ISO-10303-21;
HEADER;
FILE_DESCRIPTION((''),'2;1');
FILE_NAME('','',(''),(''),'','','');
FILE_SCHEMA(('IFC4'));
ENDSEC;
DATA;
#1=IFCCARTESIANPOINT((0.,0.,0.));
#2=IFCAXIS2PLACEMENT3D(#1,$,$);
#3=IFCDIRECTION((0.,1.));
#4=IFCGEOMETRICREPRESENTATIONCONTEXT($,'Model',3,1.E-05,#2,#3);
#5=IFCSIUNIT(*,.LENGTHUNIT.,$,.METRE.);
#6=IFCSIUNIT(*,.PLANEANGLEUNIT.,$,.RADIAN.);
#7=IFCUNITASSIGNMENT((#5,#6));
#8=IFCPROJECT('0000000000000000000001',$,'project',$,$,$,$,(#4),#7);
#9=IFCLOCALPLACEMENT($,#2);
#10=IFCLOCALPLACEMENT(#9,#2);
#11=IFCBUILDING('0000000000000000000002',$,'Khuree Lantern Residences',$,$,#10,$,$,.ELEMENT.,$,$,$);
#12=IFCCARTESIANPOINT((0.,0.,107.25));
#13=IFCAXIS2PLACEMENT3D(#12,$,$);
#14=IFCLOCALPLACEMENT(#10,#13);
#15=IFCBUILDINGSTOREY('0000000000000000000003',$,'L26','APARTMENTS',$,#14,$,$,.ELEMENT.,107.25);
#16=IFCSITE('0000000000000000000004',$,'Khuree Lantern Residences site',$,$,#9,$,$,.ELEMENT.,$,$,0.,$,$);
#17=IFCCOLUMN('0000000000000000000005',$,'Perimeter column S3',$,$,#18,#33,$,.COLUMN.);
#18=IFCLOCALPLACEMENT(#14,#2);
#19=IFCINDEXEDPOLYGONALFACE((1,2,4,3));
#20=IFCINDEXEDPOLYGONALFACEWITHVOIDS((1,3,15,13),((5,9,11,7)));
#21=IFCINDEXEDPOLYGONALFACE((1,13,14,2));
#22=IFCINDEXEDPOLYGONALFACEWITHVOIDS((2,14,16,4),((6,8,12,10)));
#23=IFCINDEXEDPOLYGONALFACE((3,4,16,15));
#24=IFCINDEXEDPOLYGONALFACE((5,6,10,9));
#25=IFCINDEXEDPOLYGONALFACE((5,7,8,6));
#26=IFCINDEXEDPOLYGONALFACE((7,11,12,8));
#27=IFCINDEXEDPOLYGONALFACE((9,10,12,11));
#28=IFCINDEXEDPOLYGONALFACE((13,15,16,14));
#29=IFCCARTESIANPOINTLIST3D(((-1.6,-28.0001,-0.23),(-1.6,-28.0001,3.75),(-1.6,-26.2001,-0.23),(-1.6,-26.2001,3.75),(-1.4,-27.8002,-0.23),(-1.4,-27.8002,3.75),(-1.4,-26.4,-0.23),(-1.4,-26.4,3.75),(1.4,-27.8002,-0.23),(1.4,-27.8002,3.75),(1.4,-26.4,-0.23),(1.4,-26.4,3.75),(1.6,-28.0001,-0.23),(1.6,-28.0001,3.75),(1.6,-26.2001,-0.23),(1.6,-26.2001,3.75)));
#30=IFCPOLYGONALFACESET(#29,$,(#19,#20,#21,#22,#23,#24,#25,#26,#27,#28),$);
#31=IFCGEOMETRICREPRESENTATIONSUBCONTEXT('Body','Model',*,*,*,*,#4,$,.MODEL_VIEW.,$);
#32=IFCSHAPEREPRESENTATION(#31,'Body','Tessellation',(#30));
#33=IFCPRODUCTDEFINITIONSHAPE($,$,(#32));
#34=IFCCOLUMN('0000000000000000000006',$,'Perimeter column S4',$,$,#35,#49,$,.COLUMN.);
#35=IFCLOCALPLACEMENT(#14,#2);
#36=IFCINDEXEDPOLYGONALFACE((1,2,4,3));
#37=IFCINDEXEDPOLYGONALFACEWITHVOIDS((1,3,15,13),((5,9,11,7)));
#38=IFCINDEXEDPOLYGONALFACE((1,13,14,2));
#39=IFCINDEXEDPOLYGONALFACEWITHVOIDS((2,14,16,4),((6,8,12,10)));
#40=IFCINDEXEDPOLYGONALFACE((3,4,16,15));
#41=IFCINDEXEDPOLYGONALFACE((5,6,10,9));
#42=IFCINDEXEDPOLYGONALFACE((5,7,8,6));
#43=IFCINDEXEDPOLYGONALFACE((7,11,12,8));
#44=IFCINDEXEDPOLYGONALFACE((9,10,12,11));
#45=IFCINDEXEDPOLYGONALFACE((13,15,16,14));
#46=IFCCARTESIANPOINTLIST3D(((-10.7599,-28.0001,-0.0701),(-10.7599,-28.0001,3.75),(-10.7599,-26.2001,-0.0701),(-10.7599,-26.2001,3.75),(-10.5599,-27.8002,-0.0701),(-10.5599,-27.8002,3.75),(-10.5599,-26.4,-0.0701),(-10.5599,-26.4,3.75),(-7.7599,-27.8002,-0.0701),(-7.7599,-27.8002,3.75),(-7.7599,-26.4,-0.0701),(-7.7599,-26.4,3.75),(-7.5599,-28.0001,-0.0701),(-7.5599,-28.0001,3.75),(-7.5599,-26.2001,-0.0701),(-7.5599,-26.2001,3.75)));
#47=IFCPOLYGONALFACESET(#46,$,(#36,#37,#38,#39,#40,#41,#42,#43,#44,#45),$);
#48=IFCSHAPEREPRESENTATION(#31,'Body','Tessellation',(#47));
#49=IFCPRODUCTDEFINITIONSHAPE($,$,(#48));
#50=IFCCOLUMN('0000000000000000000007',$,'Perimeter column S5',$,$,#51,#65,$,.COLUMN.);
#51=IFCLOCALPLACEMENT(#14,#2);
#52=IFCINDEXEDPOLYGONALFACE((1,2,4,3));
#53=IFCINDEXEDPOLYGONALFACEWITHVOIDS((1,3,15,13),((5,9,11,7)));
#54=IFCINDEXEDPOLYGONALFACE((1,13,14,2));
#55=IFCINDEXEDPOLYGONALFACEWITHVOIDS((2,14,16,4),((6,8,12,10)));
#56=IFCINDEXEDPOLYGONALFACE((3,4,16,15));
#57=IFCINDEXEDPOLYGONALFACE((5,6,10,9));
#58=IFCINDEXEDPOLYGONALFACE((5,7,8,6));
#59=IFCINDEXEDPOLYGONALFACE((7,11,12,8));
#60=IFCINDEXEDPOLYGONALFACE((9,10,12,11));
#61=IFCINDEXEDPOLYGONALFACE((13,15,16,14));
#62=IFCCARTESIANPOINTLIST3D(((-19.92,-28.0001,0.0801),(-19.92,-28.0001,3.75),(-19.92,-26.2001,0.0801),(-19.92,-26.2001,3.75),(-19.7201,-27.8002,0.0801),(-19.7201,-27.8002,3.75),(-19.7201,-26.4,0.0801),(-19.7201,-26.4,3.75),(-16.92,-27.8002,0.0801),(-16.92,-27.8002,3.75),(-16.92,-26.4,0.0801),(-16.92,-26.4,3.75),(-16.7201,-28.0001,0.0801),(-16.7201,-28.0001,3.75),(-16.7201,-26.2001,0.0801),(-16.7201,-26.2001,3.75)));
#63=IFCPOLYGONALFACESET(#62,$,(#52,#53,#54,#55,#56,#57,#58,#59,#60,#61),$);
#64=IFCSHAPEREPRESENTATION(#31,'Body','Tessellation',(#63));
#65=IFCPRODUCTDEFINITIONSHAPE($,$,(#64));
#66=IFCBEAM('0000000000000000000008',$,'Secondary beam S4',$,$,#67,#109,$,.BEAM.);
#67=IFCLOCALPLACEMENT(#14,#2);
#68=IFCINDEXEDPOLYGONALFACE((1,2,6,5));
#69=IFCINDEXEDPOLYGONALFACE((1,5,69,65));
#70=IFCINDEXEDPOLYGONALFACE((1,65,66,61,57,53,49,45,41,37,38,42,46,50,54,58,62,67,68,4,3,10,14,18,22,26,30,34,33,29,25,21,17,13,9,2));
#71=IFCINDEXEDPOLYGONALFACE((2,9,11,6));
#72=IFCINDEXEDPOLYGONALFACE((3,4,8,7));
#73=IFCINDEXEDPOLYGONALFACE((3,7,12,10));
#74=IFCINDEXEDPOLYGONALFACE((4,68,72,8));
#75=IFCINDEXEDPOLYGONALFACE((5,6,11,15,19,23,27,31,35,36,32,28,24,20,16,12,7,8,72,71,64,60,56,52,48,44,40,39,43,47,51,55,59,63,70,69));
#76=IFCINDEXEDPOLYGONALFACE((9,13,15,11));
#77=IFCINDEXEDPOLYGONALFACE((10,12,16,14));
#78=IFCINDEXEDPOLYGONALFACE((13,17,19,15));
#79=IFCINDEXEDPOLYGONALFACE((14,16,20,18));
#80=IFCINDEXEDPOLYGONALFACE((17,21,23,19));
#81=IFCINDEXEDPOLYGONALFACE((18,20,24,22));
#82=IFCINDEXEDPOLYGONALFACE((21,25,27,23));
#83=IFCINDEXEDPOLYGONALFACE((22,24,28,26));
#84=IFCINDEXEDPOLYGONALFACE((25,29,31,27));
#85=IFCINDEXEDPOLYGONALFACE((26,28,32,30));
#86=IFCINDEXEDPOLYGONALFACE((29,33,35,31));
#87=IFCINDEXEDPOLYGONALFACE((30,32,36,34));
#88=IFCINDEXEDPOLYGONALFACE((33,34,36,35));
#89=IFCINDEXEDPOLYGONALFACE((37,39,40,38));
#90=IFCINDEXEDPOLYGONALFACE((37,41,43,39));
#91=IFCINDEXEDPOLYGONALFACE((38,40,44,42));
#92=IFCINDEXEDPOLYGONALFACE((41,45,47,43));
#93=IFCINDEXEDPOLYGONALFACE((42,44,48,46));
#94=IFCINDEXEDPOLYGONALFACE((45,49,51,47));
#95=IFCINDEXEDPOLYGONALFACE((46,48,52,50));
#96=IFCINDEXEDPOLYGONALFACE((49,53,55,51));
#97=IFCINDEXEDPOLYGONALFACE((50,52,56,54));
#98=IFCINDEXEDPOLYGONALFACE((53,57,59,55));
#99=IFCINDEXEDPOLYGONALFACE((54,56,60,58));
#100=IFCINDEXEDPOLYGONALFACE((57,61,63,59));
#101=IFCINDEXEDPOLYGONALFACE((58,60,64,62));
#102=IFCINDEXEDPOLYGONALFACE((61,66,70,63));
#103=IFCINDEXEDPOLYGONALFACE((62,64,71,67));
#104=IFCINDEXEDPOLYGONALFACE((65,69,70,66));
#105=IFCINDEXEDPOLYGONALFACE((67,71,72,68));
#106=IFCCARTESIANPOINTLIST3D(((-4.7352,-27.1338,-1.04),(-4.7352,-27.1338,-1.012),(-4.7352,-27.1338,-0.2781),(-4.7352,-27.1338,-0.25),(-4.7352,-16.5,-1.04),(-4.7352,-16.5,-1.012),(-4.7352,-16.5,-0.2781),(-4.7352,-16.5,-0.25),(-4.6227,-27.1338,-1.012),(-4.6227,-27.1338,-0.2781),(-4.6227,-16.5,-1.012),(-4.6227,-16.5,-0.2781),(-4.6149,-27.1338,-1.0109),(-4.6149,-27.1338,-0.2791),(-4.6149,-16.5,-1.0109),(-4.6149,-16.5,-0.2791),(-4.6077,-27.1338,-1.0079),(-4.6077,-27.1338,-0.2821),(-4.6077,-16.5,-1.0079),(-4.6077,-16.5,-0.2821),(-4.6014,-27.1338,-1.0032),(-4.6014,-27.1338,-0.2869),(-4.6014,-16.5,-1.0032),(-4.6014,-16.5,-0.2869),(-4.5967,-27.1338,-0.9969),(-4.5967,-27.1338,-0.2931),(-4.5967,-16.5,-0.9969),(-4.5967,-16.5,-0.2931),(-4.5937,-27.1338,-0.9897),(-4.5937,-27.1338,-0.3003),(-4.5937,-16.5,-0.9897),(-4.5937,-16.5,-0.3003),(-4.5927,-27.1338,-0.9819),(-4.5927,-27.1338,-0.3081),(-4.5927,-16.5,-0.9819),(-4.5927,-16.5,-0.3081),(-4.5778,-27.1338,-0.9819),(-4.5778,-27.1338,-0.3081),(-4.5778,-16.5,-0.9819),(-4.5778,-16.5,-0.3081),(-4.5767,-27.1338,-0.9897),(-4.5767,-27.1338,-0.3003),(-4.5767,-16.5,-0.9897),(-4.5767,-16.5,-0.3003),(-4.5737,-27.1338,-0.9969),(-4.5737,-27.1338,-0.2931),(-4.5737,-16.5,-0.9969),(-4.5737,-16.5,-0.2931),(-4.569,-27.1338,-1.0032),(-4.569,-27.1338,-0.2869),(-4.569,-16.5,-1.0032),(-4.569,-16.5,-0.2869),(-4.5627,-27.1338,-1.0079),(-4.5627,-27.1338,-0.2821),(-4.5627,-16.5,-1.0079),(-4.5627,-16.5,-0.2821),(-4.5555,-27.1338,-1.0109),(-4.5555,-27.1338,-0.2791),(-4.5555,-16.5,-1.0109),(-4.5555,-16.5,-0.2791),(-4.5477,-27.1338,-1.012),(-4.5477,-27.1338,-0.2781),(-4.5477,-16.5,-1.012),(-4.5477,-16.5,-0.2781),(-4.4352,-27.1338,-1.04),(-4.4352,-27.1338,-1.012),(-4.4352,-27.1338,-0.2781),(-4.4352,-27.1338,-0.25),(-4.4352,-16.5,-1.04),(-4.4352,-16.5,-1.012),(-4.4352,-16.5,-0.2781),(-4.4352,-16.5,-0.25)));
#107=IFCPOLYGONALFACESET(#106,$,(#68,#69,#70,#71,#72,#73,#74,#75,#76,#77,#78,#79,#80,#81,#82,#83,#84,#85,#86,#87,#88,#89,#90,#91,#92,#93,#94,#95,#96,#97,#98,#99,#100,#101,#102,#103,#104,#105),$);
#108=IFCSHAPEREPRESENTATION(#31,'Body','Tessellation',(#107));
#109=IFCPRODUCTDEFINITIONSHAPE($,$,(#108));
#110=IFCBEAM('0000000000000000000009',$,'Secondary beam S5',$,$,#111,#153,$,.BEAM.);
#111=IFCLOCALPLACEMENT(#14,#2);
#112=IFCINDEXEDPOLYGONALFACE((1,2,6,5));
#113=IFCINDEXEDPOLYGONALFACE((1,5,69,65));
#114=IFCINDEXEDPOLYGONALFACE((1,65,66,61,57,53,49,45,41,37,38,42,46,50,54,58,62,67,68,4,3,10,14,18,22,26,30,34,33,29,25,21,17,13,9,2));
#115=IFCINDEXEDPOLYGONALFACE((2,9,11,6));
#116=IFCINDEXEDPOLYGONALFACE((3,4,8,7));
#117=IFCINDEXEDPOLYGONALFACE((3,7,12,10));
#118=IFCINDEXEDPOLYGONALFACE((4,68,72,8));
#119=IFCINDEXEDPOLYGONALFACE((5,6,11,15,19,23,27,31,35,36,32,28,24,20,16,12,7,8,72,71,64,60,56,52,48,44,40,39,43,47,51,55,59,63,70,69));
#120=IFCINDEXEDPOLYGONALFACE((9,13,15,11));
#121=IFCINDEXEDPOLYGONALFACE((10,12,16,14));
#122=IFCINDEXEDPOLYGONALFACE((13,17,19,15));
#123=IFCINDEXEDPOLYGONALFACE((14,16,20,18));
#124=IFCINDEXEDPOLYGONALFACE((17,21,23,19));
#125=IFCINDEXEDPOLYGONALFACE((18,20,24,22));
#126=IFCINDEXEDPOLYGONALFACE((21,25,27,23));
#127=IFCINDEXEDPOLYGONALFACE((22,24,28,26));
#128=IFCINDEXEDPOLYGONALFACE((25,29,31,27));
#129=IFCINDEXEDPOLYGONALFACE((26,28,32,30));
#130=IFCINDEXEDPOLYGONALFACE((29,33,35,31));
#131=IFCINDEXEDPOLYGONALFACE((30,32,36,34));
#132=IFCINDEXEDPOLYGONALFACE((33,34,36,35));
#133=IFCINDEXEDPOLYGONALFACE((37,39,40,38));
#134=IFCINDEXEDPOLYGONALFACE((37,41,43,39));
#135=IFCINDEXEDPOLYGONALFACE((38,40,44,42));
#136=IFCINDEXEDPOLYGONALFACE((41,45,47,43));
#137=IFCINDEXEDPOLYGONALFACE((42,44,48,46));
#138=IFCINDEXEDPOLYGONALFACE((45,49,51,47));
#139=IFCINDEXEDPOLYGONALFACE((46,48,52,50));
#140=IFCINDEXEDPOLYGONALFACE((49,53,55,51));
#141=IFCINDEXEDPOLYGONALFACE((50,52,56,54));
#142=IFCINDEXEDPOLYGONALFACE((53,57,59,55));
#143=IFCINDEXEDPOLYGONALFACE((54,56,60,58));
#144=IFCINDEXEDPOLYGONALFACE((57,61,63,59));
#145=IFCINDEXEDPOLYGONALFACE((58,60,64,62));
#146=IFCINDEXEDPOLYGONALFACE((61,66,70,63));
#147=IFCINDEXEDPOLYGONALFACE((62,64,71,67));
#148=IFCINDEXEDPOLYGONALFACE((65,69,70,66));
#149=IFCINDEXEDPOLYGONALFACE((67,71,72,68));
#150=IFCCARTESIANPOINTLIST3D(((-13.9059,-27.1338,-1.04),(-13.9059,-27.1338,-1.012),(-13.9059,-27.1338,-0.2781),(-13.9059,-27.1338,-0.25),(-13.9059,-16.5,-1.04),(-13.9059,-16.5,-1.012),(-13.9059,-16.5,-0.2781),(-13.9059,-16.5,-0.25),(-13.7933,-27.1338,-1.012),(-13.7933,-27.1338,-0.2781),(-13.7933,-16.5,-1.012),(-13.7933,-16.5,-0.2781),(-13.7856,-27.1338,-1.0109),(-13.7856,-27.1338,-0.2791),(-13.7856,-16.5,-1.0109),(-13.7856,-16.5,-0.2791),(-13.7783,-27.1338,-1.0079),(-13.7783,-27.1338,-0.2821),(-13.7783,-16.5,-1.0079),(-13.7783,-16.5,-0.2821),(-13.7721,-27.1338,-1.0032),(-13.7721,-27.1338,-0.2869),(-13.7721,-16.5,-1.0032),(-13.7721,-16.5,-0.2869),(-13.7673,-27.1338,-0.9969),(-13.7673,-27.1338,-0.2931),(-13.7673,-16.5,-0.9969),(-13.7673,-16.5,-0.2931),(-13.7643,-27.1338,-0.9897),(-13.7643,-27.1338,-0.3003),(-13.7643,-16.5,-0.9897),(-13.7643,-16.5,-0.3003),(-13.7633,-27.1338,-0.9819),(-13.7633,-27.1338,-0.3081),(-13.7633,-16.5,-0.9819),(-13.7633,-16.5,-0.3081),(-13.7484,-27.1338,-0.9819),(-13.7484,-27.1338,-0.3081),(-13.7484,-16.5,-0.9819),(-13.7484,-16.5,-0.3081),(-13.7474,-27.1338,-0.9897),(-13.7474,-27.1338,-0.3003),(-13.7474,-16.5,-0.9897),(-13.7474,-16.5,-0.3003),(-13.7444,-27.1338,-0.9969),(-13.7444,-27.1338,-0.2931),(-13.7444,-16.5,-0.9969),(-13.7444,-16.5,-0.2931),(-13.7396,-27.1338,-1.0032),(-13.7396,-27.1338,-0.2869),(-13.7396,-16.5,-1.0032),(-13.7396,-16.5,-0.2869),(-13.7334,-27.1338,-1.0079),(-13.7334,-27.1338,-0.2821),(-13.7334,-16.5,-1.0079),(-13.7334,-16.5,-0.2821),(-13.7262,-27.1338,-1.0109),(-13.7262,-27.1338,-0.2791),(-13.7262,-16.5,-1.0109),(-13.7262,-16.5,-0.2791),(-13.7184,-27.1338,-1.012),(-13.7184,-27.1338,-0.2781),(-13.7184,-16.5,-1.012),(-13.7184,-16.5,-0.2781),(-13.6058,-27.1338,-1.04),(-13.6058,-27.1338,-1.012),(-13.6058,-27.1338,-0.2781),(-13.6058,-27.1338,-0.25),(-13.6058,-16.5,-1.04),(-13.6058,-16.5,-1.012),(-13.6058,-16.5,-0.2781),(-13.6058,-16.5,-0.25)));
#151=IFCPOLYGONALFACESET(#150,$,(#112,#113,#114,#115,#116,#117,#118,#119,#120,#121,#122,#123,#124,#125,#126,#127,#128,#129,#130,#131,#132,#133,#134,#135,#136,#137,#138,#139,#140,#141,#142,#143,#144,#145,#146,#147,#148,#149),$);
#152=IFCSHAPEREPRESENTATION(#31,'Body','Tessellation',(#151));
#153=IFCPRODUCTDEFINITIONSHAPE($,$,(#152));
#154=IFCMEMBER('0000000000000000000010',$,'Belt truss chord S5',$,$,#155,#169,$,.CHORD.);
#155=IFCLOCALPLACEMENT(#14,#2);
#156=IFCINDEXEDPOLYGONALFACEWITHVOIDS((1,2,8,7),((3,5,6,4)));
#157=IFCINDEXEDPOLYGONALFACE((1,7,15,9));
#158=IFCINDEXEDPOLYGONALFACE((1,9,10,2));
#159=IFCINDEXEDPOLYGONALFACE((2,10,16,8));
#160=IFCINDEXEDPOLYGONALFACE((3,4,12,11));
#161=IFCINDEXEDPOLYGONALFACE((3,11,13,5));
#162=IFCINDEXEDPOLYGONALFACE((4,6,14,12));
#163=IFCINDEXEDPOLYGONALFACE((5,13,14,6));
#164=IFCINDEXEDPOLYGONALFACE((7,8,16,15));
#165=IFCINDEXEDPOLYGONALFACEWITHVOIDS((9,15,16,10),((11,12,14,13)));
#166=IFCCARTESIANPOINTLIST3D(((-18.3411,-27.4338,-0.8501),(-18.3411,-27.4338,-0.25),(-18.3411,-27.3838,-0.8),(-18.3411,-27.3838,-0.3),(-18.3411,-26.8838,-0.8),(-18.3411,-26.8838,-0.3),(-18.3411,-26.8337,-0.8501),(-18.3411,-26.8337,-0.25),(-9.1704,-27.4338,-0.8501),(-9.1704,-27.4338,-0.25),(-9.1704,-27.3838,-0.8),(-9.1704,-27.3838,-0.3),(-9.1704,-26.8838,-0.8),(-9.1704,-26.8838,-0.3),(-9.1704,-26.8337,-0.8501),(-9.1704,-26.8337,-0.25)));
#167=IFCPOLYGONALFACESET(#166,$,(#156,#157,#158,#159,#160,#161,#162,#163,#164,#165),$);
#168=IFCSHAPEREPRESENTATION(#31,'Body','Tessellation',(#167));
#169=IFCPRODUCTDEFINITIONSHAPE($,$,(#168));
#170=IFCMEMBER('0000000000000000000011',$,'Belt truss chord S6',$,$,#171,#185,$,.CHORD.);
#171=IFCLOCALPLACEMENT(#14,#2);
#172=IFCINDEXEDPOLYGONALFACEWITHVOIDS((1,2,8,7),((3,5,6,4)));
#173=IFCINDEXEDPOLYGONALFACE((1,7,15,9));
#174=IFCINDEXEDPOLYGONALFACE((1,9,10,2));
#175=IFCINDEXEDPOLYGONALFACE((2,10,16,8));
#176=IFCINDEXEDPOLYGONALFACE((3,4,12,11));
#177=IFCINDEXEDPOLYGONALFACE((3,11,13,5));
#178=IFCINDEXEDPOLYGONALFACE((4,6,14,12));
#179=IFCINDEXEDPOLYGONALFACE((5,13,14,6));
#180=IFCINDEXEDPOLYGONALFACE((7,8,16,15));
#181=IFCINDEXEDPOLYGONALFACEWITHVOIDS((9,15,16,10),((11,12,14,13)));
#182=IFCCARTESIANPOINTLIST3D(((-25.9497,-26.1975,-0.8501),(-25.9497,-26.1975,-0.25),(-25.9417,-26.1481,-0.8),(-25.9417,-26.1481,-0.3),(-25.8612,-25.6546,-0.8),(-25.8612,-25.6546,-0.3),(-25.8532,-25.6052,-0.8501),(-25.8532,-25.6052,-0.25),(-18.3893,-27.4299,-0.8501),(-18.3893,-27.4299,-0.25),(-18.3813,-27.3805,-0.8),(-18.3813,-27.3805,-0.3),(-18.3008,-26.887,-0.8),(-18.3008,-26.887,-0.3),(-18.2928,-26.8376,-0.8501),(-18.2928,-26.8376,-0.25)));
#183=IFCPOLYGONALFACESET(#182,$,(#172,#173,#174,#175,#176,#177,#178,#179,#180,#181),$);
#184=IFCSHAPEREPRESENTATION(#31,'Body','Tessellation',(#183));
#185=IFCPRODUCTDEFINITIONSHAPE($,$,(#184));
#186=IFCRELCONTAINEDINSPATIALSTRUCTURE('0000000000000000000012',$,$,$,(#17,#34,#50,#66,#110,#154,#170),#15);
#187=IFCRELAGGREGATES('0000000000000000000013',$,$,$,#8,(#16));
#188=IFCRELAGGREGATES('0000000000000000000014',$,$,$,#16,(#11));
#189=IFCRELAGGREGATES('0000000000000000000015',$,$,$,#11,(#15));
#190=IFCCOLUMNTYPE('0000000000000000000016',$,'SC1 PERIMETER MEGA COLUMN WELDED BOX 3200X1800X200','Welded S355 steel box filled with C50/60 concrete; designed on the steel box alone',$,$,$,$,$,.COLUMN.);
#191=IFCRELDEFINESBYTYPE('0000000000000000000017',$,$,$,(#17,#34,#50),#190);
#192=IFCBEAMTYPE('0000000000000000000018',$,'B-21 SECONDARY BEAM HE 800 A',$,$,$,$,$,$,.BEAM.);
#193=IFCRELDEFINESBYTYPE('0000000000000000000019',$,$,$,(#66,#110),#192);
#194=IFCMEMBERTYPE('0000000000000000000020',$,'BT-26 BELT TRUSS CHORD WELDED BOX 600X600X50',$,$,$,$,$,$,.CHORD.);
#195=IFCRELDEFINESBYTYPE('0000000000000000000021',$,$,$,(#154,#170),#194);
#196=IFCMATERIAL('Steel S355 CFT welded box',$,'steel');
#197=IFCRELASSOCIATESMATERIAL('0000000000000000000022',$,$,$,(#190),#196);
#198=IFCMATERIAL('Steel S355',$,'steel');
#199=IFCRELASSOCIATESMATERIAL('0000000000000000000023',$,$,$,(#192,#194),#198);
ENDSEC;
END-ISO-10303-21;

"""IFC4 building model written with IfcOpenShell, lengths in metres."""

from ifc_helpers import new_model, si_unit, direction, frame, origin, origin_2d, place, context, subcontext, project, spatial, hollow_rectangle, i_section, extrude, material, material_profile, profile_set, type_object, element, save


model = new_model("IFC4")

# Units and contexts
model_context = context("Model", 3, precision=1e-05, world=origin(), true_north=direction((0.0, 1.0)))
body_context = subcontext(model_context, "Body", "Model", "MODEL_VIEW")
ifc_project = project(units=[si_unit("LENGTHUNIT", "METRE"), si_unit("PLANEANGLEUNIT", "RADIAN")], contexts=[model_context])

# Site, building, storey
site_placement = place(None, origin())
site = spatial("IfcSite", under=ifc_project, at=site_placement, Name="Khuree Lantern Residences site", CompositionType="ELEMENT", RefElevation=0.0)
building_placement = place(site_placement, origin())
building = spatial("IfcBuilding", under=site, at=building_placement, Name="Khuree Lantern Residences", CompositionType="ELEMENT")
storey_placement = place(building_placement, frame((0.0, 0.0, 107.25)))
storey = spatial("IfcBuildingStorey", under=building, at=storey_placement, Name="L26", Description="APARTMENTS", CompositionType="ELEMENT", Elevation=107.25)

# Columns
ifc_material_1 = material(Name="Steel S355 CFT welded box", Category="steel")
ifc_material_profile_1 = material_profile(ifc_material_1, hollow_rectangle(XDim=3.2, YDim=1.8, WallThickness=0.2, at=origin_2d()), Name="WELDED BOX 3200X1800X200")
ifc_profile_set_1 = profile_set([ifc_material_profile_1], Name="Steel S355 CFT welded box")
column_type = type_object("IfcColumnType", Name="SC1 PERIMETER MEGA COLUMN WELDED BOX 3200X1800X200", Description="Welded S355 steel box filled with C50/60 concrete; designed on the steel box alone", PredefinedType="COLUMN", material=ifc_profile_set_1)
column_1_placement = place(storey_placement, frame((0.0, -27.1001, -0.23), z_axis=(0.0, 0.0, 1.0), x_axis=(1.0, 0.0, 0.0)))
element("IfcColumn", 1, at=column_1_placement, inside=storey, type_object=column_type, Name="Perimeter column S3", PredefinedType="COLUMN", context=body_context, shape_type="SweptSolid", body=[
    extrude(hollow_rectangle(XDim=3.2, YDim=1.8, WallThickness=0.2, at=origin_2d()), origin(), (0.0, 0.0, 1.0), 3.98),
])
column_2_placement = place(storey_placement, frame((-9.1599, -27.1001, -0.0701), z_axis=(0.0, 0.0, 1.0), x_axis=(1.0, 0.0, 0.0)))
element("IfcColumn", 2, at=column_2_placement, inside=storey, type_object=column_type, Name="Perimeter column S4", PredefinedType="COLUMN", context=body_context, shape_type="SweptSolid", body=[
    extrude(hollow_rectangle(XDim=3.2, YDim=1.8, WallThickness=0.2, at=origin_2d()), origin(), (0.0, 0.0, 1.0), 3.8201),
])
column_3_placement = place(storey_placement, frame((-18.3201, -27.1001, 0.0801), z_axis=(0.0, 0.0, 1.0), x_axis=(1.0, 0.0, 0.0)))
element("IfcColumn", 3, at=column_3_placement, inside=storey, type_object=column_type, Name="Perimeter column S5", PredefinedType="COLUMN", context=body_context, shape_type="SweptSolid", body=[
    extrude(hollow_rectangle(XDim=3.2, YDim=1.8, WallThickness=0.2, at=origin_2d()), origin(), (0.0, 0.0, 1.0), 3.6699),
])

# Beams
ifc_material_2 = material(Name="Steel S355", Category="steel")
ifc_material_profile_2 = material_profile(ifc_material_2, i_section(OverallWidth=0.3, OverallDepth=0.79, WebThickness=0.0149, FlangeThickness=0.0281, FilletRadius=0.03, at=origin_2d()), Name="HE 800 A")
ifc_profile_set_2 = profile_set([ifc_material_profile_2], Name="Steel S355")
beam_type_1 = type_object("IfcBeamType", Name="B-21 SECONDARY BEAM HE 800 A", PredefinedType="BEAM", material=ifc_profile_set_2)
for number, where, z_axis, x_axis, name in (
    (4, (-4.5852, -27.1338, -0.645), (0.0, 1.0, 0.0), (-1.0, 0.0, 0.0), "Secondary beam S4"),
    (5, (-13.7559, -27.1338, -0.645), (0.0, 1.0, 0.0), (-1.0, 0.0, 0.0), "Secondary beam S5"),
):
    element("IfcBeam", number, at=place(storey_placement, frame(where, z_axis=z_axis, x_axis=x_axis)), inside=storey, type_object=beam_type_1, Name=name, PredefinedType="BEAM", context=body_context, shape_type="SweptSolid", body=[
        extrude(i_section(OverallWidth=0.3, OverallDepth=0.79, WebThickness=0.0149, FlangeThickness=0.0281, FilletRadius=0.03, at=origin_2d()), origin(), (0.0, 0.0, 1.0), 10.6338),
    ])

# Members
ifc_material_profile_3 = material_profile(ifc_material_2, hollow_rectangle(XDim=0.6001, YDim=0.6001, WallThickness=0.05, at=origin_2d()), Name="WELDED BOX 600X600X50")
ifc_profile_set_3 = profile_set([ifc_material_profile_3], Name="Steel S355")
member_type_1 = type_object("IfcMemberType", Name="BT-26 BELT TRUSS CHORD WELDED BOX 600X600X50", PredefinedType="CHORD", material=ifc_profile_set_3)
member_1_placement = place(storey_placement, frame((-9.1704, -27.1338, -0.55), z_axis=(-1.0, 0.0, 0.0), x_axis=(0.0, -1.0, 0.0)))
element("IfcMember", 6, at=member_1_placement, inside=storey, type_object=member_type_1, Name="Belt truss chord S5", PredefinedType="CHORD", context=body_context, shape_type="SweptSolid", body=[
    extrude(hollow_rectangle(XDim=0.6001, YDim=0.6001, WallThickness=0.05, at=origin_2d()), origin(), (0.0, 0.0, 1.0), 9.1707),
])
member_2_placement = place(storey_placement, frame((-18.3411, -27.1338, -0.55), z_axis=(-0.986973, 0.160889, 0.0), x_axis=(-0.160889, -0.986973, 0.0)))
element("IfcMember", 7, at=member_2_placement, inside=storey, type_object=member_type_1, Name="Belt truss chord S6", PredefinedType="CHORD", context=body_context, shape_type="SweptSolid", body=[
    extrude(hollow_rectangle(XDim=0.6001, YDim=0.6001, WallThickness=0.05, at=origin_2d()), origin(), (0.0, 0.0, 1.0), 7.6602),
])

save(model, "model.ifc")
